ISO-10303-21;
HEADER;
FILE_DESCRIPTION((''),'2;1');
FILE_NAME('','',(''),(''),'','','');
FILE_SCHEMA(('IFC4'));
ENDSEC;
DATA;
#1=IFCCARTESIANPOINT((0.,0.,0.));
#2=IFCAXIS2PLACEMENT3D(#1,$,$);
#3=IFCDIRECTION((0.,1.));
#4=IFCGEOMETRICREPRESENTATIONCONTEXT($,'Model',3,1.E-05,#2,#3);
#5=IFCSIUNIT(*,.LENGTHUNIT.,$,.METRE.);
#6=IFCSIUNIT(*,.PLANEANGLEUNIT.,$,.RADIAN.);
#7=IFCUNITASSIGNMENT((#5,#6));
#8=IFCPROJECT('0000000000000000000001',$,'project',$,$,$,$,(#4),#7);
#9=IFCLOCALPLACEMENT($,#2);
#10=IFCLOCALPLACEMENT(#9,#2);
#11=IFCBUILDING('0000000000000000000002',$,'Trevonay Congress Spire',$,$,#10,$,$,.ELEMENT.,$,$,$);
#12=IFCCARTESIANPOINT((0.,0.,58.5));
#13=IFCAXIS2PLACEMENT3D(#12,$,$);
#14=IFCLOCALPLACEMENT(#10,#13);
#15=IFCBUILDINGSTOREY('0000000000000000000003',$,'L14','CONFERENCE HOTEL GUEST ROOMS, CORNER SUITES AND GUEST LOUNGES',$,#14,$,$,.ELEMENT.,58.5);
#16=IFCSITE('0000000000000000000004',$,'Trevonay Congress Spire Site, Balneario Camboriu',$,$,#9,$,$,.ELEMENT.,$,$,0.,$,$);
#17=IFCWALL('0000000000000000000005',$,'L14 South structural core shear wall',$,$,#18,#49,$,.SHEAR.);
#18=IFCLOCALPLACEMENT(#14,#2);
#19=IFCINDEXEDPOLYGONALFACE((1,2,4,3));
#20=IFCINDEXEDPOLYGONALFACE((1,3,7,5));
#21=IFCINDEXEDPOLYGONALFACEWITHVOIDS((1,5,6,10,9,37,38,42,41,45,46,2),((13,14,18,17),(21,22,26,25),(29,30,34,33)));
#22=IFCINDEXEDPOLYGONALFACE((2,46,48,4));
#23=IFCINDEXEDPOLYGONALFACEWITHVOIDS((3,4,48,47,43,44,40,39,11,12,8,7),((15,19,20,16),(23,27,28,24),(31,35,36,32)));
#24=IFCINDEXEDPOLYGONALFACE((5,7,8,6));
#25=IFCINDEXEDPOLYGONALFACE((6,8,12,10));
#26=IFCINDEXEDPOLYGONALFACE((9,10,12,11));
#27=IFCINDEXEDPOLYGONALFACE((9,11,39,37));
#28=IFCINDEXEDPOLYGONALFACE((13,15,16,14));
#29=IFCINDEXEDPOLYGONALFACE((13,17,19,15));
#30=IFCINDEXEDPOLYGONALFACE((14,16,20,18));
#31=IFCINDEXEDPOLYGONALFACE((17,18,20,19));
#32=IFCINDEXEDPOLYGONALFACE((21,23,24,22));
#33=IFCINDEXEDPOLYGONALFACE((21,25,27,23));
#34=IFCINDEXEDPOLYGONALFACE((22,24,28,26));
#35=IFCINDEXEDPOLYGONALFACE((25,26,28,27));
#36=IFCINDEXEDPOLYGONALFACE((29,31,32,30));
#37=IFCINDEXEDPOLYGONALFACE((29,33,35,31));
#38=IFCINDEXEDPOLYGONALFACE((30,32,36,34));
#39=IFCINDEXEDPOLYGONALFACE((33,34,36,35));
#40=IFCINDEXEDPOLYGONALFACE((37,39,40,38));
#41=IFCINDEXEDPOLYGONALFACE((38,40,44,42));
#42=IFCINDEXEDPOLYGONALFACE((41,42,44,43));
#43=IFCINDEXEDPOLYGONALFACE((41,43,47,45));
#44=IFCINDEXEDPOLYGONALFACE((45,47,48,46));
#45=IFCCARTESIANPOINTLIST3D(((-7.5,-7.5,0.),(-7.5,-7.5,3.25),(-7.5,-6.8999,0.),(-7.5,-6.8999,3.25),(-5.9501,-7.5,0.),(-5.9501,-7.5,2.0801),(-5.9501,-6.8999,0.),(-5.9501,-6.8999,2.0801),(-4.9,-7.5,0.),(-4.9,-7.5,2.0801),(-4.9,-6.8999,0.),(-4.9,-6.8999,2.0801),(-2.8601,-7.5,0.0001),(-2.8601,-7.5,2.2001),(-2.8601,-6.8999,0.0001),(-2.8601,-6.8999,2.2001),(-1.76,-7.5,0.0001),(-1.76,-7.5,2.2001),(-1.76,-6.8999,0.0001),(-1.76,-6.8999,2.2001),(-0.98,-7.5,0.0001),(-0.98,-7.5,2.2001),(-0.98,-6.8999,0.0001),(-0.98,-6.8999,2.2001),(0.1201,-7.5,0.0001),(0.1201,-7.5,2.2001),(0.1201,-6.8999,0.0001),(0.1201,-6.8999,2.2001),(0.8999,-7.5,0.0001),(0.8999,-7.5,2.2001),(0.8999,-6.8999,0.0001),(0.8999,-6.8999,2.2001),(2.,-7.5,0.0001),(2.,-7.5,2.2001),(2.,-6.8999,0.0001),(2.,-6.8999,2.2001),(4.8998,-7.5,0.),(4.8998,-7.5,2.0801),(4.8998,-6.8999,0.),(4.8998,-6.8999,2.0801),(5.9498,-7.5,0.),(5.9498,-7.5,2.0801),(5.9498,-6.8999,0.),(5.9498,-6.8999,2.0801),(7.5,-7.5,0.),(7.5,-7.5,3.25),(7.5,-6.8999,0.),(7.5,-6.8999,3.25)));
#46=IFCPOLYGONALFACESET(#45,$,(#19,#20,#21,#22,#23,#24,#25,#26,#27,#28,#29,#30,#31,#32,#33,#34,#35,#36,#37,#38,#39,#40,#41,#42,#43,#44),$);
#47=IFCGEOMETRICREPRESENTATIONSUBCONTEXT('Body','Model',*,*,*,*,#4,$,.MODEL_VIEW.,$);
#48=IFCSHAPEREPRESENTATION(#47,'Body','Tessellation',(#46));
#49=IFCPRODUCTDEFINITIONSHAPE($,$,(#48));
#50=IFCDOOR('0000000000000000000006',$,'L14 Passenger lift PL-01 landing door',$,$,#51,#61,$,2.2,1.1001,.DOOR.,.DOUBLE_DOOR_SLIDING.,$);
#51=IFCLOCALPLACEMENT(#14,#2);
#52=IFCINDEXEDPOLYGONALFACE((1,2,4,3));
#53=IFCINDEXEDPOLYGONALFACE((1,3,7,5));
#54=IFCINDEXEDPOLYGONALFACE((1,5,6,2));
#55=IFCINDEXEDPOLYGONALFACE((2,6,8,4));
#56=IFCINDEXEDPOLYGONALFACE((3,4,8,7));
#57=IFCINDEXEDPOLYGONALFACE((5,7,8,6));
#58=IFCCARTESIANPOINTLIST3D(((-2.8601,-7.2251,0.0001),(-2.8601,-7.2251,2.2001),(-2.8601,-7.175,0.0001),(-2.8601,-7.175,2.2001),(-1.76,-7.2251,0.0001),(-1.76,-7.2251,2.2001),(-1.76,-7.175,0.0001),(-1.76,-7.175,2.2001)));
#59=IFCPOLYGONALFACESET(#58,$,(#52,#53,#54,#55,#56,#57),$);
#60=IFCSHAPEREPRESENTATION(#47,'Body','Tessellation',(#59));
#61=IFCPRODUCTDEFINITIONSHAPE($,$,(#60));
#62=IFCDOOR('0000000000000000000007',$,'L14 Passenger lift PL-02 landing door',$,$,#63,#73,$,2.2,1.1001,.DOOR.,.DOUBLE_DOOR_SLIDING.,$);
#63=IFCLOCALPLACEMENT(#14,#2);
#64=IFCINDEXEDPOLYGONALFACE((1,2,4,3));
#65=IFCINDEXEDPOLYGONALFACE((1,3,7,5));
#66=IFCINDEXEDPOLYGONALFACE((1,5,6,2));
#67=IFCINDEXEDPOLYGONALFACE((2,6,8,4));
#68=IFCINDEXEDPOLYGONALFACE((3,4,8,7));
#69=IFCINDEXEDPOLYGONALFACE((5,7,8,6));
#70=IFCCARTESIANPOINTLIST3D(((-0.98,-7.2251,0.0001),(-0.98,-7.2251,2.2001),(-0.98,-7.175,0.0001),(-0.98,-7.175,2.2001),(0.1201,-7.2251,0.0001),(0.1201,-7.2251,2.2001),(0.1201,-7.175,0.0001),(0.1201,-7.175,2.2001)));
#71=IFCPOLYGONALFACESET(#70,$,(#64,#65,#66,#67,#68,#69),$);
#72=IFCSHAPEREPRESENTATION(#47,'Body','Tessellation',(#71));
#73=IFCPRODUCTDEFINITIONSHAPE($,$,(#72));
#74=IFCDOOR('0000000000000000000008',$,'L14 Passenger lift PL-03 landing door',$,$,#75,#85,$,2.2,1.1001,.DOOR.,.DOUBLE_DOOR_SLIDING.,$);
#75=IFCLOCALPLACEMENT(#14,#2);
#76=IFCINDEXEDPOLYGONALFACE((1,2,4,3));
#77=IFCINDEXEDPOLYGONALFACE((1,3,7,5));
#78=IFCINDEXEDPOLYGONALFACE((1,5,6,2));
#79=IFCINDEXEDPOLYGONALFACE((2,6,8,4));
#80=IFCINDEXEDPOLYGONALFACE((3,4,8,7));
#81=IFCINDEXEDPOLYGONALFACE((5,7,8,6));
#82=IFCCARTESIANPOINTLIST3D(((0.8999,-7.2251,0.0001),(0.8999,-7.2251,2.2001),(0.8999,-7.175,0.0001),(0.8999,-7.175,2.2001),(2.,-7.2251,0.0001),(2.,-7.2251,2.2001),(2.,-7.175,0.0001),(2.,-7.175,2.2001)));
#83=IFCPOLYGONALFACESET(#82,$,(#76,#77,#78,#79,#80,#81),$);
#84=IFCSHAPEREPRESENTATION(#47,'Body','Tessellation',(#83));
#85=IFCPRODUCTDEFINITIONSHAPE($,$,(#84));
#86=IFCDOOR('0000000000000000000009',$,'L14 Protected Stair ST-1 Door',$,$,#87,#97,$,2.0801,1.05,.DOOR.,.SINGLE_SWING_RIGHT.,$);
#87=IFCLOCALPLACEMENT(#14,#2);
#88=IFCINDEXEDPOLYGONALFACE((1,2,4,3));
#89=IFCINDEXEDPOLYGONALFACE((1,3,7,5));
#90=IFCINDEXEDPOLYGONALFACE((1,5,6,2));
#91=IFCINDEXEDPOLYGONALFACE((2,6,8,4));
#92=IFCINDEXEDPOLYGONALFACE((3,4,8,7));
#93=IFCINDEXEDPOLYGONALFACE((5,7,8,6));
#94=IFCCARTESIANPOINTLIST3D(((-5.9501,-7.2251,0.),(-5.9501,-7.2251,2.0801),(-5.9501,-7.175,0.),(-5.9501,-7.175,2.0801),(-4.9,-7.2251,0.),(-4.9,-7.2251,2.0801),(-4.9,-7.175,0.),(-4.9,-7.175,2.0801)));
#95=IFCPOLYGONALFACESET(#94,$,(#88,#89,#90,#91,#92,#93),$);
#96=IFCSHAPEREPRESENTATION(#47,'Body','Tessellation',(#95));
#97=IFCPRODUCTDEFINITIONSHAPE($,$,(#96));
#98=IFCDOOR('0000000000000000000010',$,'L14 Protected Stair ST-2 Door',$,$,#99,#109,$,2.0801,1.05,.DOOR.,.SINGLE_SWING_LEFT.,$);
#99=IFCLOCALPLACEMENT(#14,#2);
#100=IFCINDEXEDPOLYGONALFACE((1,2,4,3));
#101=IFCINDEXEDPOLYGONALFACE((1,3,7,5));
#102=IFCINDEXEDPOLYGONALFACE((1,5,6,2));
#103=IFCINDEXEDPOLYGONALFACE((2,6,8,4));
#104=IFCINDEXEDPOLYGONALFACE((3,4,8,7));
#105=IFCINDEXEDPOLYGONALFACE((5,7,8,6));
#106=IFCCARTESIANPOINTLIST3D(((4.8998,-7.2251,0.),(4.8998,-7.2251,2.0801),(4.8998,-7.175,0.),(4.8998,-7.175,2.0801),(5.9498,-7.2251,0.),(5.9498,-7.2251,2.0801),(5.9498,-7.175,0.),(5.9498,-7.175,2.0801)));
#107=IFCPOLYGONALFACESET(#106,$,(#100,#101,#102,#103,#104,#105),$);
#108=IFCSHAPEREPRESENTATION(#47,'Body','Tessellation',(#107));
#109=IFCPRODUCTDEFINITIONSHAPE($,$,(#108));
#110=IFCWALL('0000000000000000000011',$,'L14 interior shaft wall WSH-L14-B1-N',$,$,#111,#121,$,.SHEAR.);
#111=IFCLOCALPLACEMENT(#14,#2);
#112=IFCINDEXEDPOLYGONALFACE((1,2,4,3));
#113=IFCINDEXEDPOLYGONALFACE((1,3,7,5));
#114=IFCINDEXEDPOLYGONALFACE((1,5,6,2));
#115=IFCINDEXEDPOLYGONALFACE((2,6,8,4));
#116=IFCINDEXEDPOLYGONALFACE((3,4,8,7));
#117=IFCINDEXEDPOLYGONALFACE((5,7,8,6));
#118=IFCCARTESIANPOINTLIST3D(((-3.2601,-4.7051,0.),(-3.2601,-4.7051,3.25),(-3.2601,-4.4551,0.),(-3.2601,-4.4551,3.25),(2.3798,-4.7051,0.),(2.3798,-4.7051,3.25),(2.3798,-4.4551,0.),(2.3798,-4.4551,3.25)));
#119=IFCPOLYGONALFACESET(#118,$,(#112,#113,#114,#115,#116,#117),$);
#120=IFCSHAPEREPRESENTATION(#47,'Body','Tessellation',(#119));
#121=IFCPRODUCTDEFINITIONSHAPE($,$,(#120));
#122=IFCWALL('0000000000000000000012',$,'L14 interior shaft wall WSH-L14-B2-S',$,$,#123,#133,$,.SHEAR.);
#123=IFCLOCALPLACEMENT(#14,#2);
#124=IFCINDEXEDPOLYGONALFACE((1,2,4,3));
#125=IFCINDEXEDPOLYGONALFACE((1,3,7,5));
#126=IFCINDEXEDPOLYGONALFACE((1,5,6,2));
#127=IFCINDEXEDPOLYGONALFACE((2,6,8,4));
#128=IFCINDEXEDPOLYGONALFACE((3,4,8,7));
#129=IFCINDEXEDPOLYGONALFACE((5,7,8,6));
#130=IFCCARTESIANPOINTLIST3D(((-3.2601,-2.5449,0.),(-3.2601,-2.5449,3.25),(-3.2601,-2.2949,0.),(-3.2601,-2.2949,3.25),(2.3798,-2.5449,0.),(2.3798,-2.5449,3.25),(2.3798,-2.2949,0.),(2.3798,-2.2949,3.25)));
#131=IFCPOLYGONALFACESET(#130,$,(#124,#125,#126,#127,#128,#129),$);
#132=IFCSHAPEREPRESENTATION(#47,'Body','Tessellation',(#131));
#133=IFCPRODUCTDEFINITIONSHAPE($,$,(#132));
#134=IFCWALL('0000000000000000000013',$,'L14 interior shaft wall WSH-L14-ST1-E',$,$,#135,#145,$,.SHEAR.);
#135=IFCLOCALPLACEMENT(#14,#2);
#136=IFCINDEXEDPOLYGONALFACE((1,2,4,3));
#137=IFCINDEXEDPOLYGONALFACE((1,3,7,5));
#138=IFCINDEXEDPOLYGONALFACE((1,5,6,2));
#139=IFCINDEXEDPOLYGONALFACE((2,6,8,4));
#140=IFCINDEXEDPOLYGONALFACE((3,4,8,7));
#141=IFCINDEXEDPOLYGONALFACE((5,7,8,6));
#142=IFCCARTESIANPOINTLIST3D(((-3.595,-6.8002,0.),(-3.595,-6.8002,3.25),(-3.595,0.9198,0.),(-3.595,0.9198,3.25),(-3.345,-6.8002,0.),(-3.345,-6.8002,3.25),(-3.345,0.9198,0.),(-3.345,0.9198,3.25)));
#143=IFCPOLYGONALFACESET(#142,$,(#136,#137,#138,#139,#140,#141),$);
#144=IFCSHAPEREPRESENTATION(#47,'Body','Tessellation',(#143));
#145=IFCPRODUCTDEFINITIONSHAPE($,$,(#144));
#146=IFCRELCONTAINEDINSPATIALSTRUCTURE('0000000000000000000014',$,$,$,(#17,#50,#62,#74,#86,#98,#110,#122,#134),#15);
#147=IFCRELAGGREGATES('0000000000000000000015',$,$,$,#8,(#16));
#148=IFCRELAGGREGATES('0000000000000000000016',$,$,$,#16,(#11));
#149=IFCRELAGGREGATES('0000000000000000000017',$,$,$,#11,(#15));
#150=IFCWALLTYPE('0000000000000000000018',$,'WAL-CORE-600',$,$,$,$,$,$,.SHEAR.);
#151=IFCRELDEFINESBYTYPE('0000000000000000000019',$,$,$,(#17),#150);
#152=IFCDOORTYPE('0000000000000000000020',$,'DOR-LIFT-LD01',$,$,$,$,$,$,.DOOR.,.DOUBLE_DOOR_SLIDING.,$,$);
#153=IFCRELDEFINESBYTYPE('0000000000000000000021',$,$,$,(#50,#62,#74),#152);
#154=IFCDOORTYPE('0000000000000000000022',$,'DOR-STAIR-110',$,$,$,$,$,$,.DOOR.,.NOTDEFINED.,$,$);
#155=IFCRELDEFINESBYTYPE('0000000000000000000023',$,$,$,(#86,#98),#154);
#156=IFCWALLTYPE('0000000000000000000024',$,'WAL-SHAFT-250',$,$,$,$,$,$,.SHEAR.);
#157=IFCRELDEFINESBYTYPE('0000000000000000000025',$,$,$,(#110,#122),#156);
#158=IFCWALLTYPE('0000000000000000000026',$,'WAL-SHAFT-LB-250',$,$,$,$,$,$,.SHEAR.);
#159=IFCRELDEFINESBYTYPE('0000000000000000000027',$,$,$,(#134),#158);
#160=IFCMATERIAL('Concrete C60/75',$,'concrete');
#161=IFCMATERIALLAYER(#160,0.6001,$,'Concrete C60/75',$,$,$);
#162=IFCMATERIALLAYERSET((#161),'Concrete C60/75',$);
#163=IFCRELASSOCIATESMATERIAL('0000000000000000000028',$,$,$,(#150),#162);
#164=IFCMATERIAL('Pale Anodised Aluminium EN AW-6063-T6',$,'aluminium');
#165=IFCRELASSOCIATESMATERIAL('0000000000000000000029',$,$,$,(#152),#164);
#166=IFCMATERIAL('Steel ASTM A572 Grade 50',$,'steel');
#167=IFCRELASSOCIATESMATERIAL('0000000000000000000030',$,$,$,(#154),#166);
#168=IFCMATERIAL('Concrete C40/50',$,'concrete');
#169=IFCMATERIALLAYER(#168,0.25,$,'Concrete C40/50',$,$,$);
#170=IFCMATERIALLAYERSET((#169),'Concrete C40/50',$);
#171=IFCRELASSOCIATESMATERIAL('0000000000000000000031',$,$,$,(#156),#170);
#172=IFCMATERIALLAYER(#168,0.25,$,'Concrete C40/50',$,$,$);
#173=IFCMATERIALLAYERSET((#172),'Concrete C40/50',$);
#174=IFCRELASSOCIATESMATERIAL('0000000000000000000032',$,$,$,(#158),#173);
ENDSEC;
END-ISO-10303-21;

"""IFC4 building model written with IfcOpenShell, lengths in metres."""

from ifc_helpers import new_model, si_unit, direction, frame, frame_2d, origin, place, context, subcontext, project, spatial, rectangle, extrude, material, layer, layer_set, type_object, element, fill, save


model = new_model("IFC4")

# Units and contexts
model_context = context("Model", 3, precision=1e-05, world=origin(), true_north=direction((0.0, 1.0)))
body_context = subcontext(model_context, "Body", "Model", "MODEL_VIEW")
ifc_project = project(units=[si_unit("LENGTHUNIT", "METRE"), si_unit("PLANEANGLEUNIT", "RADIAN")], contexts=[model_context])

# Site, building, storey
site_placement = place(None, origin())
site = spatial("IfcSite", under=ifc_project, at=site_placement, Name="Trevonay Congress Spire Site, Balneario Camboriu", CompositionType="ELEMENT", RefElevation=0.0)
building_placement = place(site_placement, origin())
building = spatial("IfcBuilding", under=site, at=building_placement, Name="Trevonay Congress Spire", CompositionType="ELEMENT")
storey_placement = place(building_placement, frame((0.0, 0.0, 58.5)))
storey = spatial("IfcBuildingStorey", under=building, at=storey_placement, Name="L14", Description="CONFERENCE HOTEL GUEST ROOMS, CORNER SUITES AND GUEST LOUNGES", CompositionType="ELEMENT", Elevation=58.5)

# Shared definitions
ifc_material_1 = material(Name="Steel ASTM A572 Grade 50", Category="steel")

# Wall, openings, doors
ifc_material_2 = material(Name="Concrete C60/75", Category="concrete")
ifc_layer_1 = layer(ifc_material_2, 0.6001, Name="Concrete C60/75")
ifc_layer_set_1 = layer_set([ifc_layer_1], Name="Concrete C60/75")
wall_type_1 = type_object("IfcWallType", Name="WAL-CORE-600", PredefinedType="SHEAR", material=ifc_layer_set_1)
wall_1_placement = place(storey_placement, frame((-7.5, -7.2, 0.0), z_axis=(0.0, 0.0, 1.0), x_axis=(1.0, 0.0, 0.0)))
wall_1 = element("IfcWall", 1, at=wall_1_placement, inside=storey, type_object=wall_type_1, Name="L14 South structural core shear wall", PredefinedType="SHEAR", context=body_context, shape_type="SweptSolid", body=[
    extrude(rectangle(XDim=15.0, YDim=0.6001, at=frame_2d((7.5, 0.0))), origin(), (0.0, 0.0, 1.0), 3.25),
])
opening_1_placement = place(wall_1_placement, frame((1.55, 0.0, 0.0)))
opening_1 = element("IfcOpeningElement", 2, at=opening_1_placement, cuts=wall_1, PredefinedType="OPENING", context=body_context, shape_type="SweptSolid", body=[
    extrude(rectangle(XDim=1.05, YDim=2.0801, at=frame_2d((0.5249, 1.04))), frame((0.0, 0.3101, 0.0), z_axis=(0.0, -1.0, 0.0), x_axis=(1.0, 0.0, 0.0)), (0.0, 0.0, 1.0), 0.6201),
])
opening_2_placement = place(wall_1_placement, frame((12.3999, 0.0, 0.0)))
opening_2 = element("IfcOpeningElement", 3, at=opening_2_placement, cuts=wall_1, PredefinedType="OPENING", context=body_context, shape_type="SweptSolid", body=[
    extrude(rectangle(XDim=1.05, YDim=2.0801, at=frame_2d((0.5249, 1.04))), frame((0.0, 0.3101, 0.0), z_axis=(0.0, -1.0, 0.0), x_axis=(1.0, 0.0, 0.0)), (0.0, 0.0, 1.0), 0.6201),
])
opening_3_placement = place(wall_1_placement, frame((4.6399, 0.0, 0.0)))
opening_3 = element("IfcOpeningElement", 4, at=opening_3_placement, cuts=wall_1, PredefinedType="OPENING", context=body_context, shape_type="SweptSolid", body=[
    extrude(rectangle(XDim=1.1001, YDim=2.2, at=frame_2d((0.55, 1.1001))), frame((0.0, 0.3101, 0.0), z_axis=(0.0, -1.0, 0.0), x_axis=(1.0, 0.0, 0.0)), (0.0, 0.0, 1.0), 0.6201),
])
opening_4_placement = place(wall_1_placement, frame((6.52, 0.0, 0.0)))
opening_4 = element("IfcOpeningElement", 5, at=opening_4_placement, cuts=wall_1, PredefinedType="OPENING", context=body_context, shape_type="SweptSolid", body=[
    extrude(rectangle(XDim=1.1001, YDim=2.2, at=frame_2d((0.55, 1.1001))), frame((0.0, 0.3101, 0.0), z_axis=(0.0, -1.0, 0.0), x_axis=(1.0, 0.0, 0.0)), (0.0, 0.0, 1.0), 0.6201),
])
opening_5_placement = place(wall_1_placement, frame((8.3999, 0.0, 0.0)))
opening_5 = element("IfcOpeningElement", 6, at=opening_5_placement, cuts=wall_1, PredefinedType="OPENING", context=body_context, shape_type="SweptSolid", body=[
    extrude(rectangle(XDim=1.1001, YDim=2.2, at=frame_2d((0.55, 1.1001))), frame((0.0, 0.3101, 0.0), z_axis=(0.0, -1.0, 0.0), x_axis=(1.0, 0.0, 0.0)), (0.0, 0.0, 1.0), 0.6201),
])
ifc_material_3 = material(Name="Pale Anodised Aluminium EN AW-6063-T6", Category="aluminium")
door_type_1 = type_object("IfcDoorType", Name="DOR-LIFT-LD01", OperationType="DOUBLE_DOOR_SLIDING", PredefinedType="DOOR", material=ifc_material_3)
door_1_placement = place(opening_3_placement, origin())
door_1 = element("IfcDoor", 7, at=door_1_placement, inside=storey, type_object=door_type_1, Name="L14 Passenger lift PL-01 landing door", OperationType="DOUBLE_DOOR_SLIDING", OverallHeight=2.2, OverallWidth=1.1001, PredefinedType="DOOR", context=body_context, shape_type="SweptSolid", body=[
    extrude(rectangle(XDim=1.1001, YDim=2.2, at=frame_2d((0.55, 1.1001))), frame((0.0, 0.0249, 0.0), z_axis=(0.0, -1.0, 0.0), x_axis=(1.0, 0.0, 0.0)), (0.0, 0.0, 1.0), 0.05),
])
fill(opening_3, door_1)
door_2_placement = place(opening_4_placement, origin())
door_2 = element("IfcDoor", 8, at=door_2_placement, inside=storey, type_object=door_type_1, Name="L14 Passenger lift PL-02 landing door", OperationType="DOUBLE_DOOR_SLIDING", OverallHeight=2.2, OverallWidth=1.1001, PredefinedType="DOOR", context=body_context, shape_type="SweptSolid", body=[
    extrude(rectangle(XDim=1.1001, YDim=2.2, at=frame_2d((0.55, 1.1001))), frame((0.0, 0.0249, 0.0), z_axis=(0.0, -1.0, 0.0), x_axis=(1.0, 0.0, 0.0)), (0.0, 0.0, 1.0), 0.05),
])
fill(opening_4, door_2)
door_3_placement = place(opening_5_placement, origin())
door_3 = element("IfcDoor", 9, at=door_3_placement, inside=storey, type_object=door_type_1, Name="L14 Passenger lift PL-03 landing door", OperationType="DOUBLE_DOOR_SLIDING", OverallHeight=2.2, OverallWidth=1.1001, PredefinedType="DOOR", context=body_context, shape_type="SweptSolid", body=[
    extrude(rectangle(XDim=1.1001, YDim=2.2, at=frame_2d((0.55, 1.1001))), frame((0.0, 0.0249, 0.0), z_axis=(0.0, -1.0, 0.0), x_axis=(1.0, 0.0, 0.0)), (0.0, 0.0, 1.0), 0.05),
])
fill(opening_5, door_3)
door_type_2 = type_object("IfcDoorType", Name="DOR-STAIR-110", OperationType="NOTDEFINED", PredefinedType="DOOR", material=ifc_material_1)
door_4_placement = place(opening_1_placement, origin())
door_4 = element("IfcDoor", 10, at=door_4_placement, inside=storey, type_object=door_type_2, Name="L14 Protected Stair ST-1 Door", OperationType="SINGLE_SWING_RIGHT", OverallHeight=2.0801, OverallWidth=1.05, PredefinedType="DOOR", context=body_context, shape_type="SweptSolid", body=[
    extrude(rectangle(XDim=1.05, YDim=2.0801, at=frame_2d((0.5249, 1.04))), frame((0.0, 0.0249, 0.0), z_axis=(0.0, -1.0, 0.0), x_axis=(1.0, 0.0, 0.0)), (0.0, 0.0, 1.0), 0.05),
])
fill(opening_1, door_4)
door_5_placement = place(opening_2_placement, origin())
door_5 = element("IfcDoor", 11, at=door_5_placement, inside=storey, type_object=door_type_2, Name="L14 Protected Stair ST-2 Door", OperationType="SINGLE_SWING_LEFT", OverallHeight=2.0801, OverallWidth=1.05, PredefinedType="DOOR", context=body_context, shape_type="SweptSolid", body=[
    extrude(rectangle(XDim=1.05, YDim=2.0801, at=frame_2d((0.5249, 1.04))), frame((0.0, 0.0249, 0.0), z_axis=(0.0, -1.0, 0.0), x_axis=(1.0, 0.0, 0.0)), (0.0, 0.0, 1.0), 0.05),
])
fill(opening_2, door_5)

# Walls
ifc_material_4 = material(Name="Concrete C40/50", Category="concrete")
ifc_layer_2 = layer(ifc_material_4, 0.25, Name="Concrete C40/50")
ifc_layer_set_2 = layer_set([ifc_layer_2], Name="Concrete C40/50")
wall_type_2 = type_object("IfcWallType", Name="WAL-SHAFT-250", PredefinedType="SHEAR", material=ifc_layer_set_2)
for number, where, z_axis, x_axis, name in (
    (12, (-3.26, -4.5801, 0.0), (0.0, 0.0, 1.0), (1.0, 0.0, 0.0), "L14 interior shaft wall WSH-L14-B1-N"),
    (13, (-3.26, -2.4199, 0.0), (0.0, 0.0, 1.0), (1.0, 0.0, 0.0), "L14 interior shaft wall WSH-L14-B2-S"),
):
    element("IfcWall", number, at=place(storey_placement, frame(where, z_axis=z_axis, x_axis=x_axis)), inside=storey, type_object=wall_type_2, Name=name, PredefinedType="SHEAR", context=body_context, shape_type="SweptSolid", body=[
        extrude(rectangle(XDim=5.6399, YDim=0.25, at=frame_2d((2.8198, 0.0))), origin(), (0.0, 0.0, 1.0), 3.25),
    ])
ifc_layer_3 = layer(ifc_material_4, 0.25, Name="Concrete C40/50")
ifc_layer_set_3 = layer_set([ifc_layer_3], Name="Concrete C40/50")
wall_type_3 = type_object("IfcWallType", Name="WAL-SHAFT-LB-250", PredefinedType="SHEAR", material=ifc_layer_set_3)
wall_2_placement = place(storey_placement, frame((-3.47, -6.8, 0.0), z_axis=(0.0, 0.0, 1.0), x_axis=(0.0, 1.0, 0.0)))
element("IfcWall", 14, at=wall_2_placement, inside=storey, type_object=wall_type_3, Name="L14 interior shaft wall WSH-L14-ST1-E", PredefinedType="SHEAR", context=body_context, shape_type="SweptSolid", body=[
    extrude(rectangle(XDim=7.72, YDim=0.25, at=frame_2d((3.8599, 0.0))), origin(), (0.0, 0.0, 1.0), 3.25),
])

save(model, "model.ifc")
